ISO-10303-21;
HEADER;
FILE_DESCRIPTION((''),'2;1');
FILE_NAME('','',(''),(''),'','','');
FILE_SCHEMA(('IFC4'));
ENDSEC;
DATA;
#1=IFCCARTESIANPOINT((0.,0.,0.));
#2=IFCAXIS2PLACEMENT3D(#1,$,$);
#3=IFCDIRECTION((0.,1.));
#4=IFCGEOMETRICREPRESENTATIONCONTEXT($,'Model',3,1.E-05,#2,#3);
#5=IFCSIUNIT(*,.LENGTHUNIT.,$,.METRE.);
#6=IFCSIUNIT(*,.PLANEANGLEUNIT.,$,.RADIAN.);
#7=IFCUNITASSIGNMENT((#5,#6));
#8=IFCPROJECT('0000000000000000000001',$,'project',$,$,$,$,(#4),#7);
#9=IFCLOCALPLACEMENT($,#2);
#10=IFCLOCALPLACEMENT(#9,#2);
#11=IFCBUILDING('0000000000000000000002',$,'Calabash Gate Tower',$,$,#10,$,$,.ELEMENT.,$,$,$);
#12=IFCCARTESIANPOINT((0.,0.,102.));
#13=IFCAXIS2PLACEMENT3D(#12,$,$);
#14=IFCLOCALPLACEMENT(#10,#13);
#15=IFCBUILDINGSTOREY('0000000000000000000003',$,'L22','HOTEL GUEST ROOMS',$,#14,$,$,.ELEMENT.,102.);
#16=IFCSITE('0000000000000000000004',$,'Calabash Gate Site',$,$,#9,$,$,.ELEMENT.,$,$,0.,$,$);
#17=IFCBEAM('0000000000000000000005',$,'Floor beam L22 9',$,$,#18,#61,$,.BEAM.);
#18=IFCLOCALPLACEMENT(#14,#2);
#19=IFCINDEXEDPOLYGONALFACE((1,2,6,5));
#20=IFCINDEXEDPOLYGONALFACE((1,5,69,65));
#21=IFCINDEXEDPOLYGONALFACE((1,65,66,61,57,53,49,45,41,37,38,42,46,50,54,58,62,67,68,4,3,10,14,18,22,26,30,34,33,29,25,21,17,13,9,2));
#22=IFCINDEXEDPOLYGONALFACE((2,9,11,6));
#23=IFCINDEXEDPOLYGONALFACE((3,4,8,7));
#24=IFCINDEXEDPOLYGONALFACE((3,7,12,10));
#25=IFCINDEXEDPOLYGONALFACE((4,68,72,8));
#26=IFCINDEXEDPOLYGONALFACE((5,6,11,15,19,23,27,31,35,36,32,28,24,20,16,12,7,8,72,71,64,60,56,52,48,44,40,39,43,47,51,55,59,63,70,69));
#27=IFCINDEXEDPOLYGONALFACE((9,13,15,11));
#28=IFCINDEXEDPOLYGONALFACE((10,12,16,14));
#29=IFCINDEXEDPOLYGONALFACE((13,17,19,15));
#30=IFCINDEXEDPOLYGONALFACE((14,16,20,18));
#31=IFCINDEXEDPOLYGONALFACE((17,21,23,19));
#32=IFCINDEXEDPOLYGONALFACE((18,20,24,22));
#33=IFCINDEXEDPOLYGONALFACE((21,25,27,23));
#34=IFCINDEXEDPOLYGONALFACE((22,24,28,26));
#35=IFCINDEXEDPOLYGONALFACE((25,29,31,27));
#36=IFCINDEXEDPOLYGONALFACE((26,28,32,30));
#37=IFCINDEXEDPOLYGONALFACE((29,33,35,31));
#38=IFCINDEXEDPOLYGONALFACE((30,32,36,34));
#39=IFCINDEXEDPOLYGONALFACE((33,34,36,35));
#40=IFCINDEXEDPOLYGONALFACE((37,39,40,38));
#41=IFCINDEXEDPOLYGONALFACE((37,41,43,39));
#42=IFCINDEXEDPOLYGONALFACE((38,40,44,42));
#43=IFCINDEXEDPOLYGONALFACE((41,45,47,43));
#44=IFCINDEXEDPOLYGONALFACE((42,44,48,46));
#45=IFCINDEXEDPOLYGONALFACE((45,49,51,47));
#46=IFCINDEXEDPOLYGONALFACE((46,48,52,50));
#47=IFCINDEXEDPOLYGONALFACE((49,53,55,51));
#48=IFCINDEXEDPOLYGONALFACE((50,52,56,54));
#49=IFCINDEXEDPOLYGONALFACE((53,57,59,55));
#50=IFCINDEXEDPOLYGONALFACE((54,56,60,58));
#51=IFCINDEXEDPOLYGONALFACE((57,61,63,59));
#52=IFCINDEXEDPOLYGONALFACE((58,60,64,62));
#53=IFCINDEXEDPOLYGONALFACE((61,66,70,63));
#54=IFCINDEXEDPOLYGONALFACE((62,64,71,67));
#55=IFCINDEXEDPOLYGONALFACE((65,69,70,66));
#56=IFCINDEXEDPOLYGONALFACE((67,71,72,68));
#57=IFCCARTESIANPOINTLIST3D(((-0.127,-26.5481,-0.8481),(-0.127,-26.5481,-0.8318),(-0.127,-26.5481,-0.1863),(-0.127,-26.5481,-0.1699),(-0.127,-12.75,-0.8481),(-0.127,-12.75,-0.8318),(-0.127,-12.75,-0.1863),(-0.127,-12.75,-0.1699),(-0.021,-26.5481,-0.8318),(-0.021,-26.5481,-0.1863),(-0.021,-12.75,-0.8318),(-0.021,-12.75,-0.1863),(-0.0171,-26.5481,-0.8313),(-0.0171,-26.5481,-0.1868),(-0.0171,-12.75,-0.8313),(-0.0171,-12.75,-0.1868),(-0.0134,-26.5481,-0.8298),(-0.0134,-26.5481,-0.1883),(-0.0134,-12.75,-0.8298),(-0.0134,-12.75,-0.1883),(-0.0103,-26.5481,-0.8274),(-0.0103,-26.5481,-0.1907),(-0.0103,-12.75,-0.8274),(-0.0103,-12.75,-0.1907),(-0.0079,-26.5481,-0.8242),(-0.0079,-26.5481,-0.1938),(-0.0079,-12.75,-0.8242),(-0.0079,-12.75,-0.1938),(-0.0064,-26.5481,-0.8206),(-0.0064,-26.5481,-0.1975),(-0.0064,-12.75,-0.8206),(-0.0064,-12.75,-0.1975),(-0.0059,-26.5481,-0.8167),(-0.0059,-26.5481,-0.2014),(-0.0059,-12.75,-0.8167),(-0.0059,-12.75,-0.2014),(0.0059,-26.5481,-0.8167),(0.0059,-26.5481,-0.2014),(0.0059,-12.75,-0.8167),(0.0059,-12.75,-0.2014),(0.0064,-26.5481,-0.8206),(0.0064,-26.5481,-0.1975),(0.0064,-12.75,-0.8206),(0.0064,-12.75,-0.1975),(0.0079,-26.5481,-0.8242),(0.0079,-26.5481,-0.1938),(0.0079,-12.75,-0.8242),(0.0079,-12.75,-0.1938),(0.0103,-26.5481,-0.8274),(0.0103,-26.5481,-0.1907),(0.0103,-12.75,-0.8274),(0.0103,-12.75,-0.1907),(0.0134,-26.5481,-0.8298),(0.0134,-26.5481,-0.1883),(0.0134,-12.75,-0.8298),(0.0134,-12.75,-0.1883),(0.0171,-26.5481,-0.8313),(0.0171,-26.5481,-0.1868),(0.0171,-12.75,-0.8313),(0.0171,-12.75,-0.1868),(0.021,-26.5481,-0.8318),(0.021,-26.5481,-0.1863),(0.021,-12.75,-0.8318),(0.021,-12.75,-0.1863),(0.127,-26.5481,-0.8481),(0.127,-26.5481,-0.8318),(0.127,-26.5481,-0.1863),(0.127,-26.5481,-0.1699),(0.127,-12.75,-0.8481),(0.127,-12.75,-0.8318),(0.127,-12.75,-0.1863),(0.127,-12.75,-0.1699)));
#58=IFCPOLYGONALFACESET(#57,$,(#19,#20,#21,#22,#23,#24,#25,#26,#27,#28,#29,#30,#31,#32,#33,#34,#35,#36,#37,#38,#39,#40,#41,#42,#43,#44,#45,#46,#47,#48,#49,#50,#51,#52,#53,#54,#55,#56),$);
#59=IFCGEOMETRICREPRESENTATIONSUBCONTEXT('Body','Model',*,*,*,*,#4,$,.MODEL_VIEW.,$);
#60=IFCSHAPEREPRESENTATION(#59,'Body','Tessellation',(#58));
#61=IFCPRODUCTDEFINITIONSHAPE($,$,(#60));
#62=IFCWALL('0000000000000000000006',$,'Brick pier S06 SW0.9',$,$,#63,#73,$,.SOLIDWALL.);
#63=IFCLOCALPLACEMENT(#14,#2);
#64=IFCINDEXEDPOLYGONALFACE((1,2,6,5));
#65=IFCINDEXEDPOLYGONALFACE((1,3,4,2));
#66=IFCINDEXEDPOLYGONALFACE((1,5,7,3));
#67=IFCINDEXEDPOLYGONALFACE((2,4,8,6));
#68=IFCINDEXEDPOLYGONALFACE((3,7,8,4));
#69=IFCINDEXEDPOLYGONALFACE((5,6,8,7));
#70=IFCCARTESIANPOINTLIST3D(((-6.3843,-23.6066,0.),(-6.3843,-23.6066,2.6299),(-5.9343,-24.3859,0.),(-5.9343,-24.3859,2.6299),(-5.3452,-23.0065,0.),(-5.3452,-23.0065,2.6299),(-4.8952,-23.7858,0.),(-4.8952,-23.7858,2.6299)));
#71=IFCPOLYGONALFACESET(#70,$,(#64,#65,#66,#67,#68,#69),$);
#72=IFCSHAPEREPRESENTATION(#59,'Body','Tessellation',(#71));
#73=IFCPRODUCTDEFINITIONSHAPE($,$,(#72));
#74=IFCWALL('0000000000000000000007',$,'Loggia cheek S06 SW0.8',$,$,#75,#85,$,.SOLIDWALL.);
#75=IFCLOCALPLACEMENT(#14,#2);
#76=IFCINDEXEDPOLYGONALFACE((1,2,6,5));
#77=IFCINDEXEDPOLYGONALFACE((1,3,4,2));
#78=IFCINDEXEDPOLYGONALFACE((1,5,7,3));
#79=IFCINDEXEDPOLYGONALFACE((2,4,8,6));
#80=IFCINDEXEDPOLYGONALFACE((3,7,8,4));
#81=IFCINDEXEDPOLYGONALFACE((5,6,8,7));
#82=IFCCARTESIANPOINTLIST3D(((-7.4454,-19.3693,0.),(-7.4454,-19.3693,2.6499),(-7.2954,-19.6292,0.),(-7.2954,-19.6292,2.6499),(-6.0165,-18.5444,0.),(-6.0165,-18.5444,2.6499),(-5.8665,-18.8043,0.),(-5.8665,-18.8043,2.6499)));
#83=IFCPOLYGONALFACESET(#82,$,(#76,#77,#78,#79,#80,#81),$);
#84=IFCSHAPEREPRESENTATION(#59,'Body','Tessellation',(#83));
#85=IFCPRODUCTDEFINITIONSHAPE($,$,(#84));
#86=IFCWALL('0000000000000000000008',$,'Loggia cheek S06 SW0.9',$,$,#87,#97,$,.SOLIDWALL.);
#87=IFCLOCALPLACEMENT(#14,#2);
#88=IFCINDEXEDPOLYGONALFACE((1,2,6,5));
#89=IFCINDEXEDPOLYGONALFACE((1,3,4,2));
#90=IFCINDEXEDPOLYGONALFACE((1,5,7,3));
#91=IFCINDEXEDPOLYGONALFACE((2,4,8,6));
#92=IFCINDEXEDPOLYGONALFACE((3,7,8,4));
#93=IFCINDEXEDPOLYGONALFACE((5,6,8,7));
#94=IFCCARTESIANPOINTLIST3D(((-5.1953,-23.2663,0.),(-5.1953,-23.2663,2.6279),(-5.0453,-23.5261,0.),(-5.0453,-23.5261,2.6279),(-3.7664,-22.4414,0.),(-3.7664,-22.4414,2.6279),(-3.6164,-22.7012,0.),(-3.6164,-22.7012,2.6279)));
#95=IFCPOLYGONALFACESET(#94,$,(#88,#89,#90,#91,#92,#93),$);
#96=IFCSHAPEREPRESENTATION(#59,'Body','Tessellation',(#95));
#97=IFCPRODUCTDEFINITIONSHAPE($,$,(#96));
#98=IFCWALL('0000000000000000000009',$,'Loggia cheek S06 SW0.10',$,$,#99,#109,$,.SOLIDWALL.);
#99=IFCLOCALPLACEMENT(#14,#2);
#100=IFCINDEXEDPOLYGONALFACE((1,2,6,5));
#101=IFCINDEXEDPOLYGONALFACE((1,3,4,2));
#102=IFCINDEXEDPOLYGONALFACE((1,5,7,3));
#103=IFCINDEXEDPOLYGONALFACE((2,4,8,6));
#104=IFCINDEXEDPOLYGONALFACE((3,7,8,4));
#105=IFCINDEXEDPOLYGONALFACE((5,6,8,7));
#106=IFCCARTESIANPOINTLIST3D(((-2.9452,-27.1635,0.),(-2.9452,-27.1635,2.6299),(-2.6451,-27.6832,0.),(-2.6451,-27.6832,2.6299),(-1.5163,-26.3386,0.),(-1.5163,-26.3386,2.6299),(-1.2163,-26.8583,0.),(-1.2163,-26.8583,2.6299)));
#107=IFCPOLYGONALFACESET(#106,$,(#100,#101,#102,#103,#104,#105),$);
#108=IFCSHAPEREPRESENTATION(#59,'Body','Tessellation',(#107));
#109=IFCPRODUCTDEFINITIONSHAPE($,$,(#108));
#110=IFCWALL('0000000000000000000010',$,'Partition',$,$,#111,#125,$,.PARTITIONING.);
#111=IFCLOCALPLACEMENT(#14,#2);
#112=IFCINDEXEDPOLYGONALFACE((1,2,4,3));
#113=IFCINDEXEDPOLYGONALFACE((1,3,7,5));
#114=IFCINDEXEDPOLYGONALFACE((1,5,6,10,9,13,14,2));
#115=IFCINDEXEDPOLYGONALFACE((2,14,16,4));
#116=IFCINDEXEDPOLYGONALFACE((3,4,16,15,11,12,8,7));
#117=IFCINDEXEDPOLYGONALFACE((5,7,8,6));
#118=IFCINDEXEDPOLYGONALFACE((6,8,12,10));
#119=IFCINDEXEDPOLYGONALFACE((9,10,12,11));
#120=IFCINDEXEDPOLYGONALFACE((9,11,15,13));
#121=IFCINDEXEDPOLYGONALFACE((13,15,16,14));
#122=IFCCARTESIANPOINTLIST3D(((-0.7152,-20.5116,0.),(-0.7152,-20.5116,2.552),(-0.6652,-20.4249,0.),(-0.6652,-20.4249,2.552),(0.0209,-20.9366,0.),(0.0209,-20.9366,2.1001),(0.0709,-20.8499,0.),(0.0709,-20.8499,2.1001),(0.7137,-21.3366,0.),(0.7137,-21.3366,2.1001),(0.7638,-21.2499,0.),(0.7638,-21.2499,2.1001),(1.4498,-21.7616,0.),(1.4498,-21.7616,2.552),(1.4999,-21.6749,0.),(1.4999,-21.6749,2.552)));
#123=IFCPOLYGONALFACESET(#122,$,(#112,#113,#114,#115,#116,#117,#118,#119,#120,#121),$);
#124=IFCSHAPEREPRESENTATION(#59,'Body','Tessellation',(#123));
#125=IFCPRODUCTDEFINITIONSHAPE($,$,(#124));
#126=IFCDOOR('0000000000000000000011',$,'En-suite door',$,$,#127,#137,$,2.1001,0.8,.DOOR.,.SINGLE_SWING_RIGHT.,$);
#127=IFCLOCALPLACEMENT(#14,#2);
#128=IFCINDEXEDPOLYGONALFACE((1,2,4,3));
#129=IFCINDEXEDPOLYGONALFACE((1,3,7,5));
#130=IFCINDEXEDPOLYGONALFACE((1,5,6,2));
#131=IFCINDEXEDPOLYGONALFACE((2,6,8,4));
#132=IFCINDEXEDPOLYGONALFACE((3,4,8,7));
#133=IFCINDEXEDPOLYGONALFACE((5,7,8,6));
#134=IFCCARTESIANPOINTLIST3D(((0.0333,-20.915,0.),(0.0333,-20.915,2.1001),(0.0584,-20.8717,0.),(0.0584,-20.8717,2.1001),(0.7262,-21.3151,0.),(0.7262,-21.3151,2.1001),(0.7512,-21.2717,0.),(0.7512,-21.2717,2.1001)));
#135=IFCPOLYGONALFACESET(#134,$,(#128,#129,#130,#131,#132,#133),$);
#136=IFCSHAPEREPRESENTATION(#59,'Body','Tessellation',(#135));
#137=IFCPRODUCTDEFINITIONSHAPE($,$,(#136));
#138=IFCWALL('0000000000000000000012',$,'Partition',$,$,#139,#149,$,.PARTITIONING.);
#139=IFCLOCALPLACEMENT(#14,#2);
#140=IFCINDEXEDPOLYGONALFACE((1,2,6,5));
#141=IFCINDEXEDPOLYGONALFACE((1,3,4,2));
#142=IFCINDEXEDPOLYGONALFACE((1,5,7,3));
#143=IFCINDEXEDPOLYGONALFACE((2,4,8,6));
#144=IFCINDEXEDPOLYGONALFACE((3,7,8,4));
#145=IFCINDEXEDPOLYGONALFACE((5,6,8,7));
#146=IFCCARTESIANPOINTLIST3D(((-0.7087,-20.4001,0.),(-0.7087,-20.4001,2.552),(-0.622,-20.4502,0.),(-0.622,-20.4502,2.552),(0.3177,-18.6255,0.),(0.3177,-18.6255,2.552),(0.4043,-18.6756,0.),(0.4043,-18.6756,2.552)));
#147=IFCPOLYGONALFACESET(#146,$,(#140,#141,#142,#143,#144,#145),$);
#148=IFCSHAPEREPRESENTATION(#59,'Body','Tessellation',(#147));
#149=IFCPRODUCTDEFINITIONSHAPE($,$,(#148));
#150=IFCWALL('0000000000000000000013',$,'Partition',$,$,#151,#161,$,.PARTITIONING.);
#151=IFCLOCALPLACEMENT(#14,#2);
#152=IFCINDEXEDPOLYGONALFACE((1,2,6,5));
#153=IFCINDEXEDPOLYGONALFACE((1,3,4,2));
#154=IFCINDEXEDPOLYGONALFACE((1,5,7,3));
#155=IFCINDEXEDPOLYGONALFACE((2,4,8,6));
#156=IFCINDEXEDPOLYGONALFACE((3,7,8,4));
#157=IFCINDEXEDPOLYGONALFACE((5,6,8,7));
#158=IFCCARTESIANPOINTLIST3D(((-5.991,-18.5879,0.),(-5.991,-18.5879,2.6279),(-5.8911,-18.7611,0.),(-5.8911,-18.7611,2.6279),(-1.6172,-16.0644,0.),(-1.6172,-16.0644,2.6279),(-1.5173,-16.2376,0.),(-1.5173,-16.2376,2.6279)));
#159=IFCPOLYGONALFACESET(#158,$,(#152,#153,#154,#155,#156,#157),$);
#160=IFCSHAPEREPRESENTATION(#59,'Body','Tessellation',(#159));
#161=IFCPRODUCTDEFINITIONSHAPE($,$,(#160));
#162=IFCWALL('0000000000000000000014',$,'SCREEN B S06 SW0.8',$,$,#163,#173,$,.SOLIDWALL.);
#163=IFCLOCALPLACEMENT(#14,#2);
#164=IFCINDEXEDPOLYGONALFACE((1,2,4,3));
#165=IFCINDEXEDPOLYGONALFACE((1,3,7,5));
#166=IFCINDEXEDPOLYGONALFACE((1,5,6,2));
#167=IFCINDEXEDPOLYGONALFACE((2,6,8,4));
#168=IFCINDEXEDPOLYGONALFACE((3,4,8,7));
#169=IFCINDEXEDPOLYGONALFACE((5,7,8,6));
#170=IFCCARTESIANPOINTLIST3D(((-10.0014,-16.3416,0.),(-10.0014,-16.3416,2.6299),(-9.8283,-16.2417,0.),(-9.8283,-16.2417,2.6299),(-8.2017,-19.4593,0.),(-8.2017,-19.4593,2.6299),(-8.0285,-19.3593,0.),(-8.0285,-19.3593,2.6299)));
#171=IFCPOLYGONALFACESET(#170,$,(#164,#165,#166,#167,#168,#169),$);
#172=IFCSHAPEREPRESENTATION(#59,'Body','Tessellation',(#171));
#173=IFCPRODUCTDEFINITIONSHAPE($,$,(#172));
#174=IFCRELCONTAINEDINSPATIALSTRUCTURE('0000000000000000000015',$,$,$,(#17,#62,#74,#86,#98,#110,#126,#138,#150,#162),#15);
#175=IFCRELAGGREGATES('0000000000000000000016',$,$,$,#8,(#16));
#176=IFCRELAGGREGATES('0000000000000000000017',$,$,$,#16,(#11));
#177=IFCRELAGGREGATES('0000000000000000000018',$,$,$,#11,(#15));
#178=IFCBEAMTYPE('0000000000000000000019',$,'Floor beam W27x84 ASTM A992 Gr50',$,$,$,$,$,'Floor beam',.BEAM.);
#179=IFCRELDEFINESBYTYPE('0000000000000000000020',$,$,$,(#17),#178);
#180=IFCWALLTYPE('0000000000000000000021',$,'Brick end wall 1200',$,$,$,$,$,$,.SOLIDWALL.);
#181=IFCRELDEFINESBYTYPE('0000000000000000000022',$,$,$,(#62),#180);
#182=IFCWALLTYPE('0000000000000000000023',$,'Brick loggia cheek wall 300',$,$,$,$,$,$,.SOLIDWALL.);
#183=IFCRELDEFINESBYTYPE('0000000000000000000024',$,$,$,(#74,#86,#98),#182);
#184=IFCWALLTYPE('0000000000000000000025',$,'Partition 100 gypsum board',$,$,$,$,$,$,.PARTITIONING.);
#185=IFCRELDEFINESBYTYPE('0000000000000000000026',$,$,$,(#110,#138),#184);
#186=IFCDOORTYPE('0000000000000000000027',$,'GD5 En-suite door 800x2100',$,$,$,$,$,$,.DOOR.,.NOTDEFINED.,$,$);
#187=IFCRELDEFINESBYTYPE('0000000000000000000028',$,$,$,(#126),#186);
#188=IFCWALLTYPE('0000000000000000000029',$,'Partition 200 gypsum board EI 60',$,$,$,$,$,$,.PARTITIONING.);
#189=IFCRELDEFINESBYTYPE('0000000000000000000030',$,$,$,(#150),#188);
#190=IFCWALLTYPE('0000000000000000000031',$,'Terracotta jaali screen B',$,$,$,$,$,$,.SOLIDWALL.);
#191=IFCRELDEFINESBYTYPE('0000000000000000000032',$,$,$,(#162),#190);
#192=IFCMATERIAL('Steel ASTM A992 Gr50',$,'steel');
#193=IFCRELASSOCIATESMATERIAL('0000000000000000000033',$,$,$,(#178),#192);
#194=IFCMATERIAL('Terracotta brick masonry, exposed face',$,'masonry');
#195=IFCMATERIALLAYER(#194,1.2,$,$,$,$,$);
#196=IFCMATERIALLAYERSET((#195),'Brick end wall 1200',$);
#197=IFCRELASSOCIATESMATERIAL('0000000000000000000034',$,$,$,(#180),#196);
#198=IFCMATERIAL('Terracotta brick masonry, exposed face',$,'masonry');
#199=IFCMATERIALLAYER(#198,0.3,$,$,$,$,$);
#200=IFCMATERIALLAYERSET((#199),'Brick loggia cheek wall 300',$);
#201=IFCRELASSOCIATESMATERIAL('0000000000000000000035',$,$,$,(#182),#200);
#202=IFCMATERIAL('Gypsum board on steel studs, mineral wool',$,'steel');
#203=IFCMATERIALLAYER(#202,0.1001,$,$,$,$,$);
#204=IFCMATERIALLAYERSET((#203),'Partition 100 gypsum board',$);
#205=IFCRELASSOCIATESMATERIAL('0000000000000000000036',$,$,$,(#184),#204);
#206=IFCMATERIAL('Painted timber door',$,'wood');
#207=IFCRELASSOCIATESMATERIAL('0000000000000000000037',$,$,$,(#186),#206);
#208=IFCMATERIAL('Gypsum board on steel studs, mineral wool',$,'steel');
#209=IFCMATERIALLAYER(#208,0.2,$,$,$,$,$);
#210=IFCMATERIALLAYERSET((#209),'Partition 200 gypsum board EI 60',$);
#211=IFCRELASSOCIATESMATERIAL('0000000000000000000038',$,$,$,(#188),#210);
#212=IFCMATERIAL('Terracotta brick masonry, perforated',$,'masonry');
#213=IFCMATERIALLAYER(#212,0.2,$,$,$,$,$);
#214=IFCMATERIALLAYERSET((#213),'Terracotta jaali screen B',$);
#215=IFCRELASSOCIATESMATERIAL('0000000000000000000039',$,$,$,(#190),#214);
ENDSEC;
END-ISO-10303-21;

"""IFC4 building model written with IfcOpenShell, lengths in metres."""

from ifc_helpers import new_model, si_unit, direction, frame, frame_2d, origin, origin_2d, place, context, subcontext, project, spatial, rectangle, i_section, extrude, material, layer, layer_set, material_profile, profile_set, type_object, element, fill, save


model = new_model("IFC4")

# Units and contexts
model_context = context("Model", 3, precision=1e-05, world=origin(), true_north=direction((0.0, 1.0)))
body_context = subcontext(model_context, "Body", "Model", "MODEL_VIEW")
ifc_project = project(units=[si_unit("LENGTHUNIT", "METRE"), si_unit("PLANEANGLEUNIT", "RADIAN")], contexts=[model_context])

# Site, building, storey
site_placement = place(None, origin())
site = spatial("IfcSite", under=ifc_project, at=site_placement, Name="Calabash Gate Site", CompositionType="ELEMENT", RefElevation=0.0)
building_placement = place(site_placement, origin())
building = spatial("IfcBuilding", under=site, at=building_placement, Name="Calabash Gate Tower", CompositionType="ELEMENT")
storey_placement = place(building_placement, frame((0.0, 0.0, 102.0)))
storey = spatial("IfcBuildingStorey", under=building, at=storey_placement, Name="L22", Description="HOTEL GUEST ROOMS", CompositionType="ELEMENT", Elevation=102.0)

# Beam
ifc_material_1 = material(Name="Steel ASTM A992 Gr50", Category="steel")
ifc_material_profile_1 = material_profile(ifc_material_1, i_section(OverallWidth=0.2539, OverallDepth=0.6782, WebThickness=0.0117, FlangeThickness=0.0164, FilletRadius=0.0151, at=origin_2d()))
ifc_profile_set_1 = profile_set([ifc_material_profile_1], Name="Steel ASTM A992 Gr50")
beam_type_1 = type_object("IfcBeamType", Name="Floor beam W27x84 ASTM A992 Gr50", ElementType="Floor beam", PredefinedType="BEAM", material=ifc_profile_set_1)
beam_1_placement = place(storey_placement, frame((0.0, -26.5481, -0.509), z_axis=(0.0, 1.0, 0.0), x_axis=(-1.0, 0.0, 0.0)))
element("IfcBeam", 1, at=beam_1_placement, inside=storey, type_object=beam_type_1, Name="Floor beam L22 9", PredefinedType="BEAM", context=body_context, shape_type="SweptSolid", body=[
    extrude(i_section(OverallWidth=0.2539, OverallDepth=0.6782, WebThickness=0.0117, FlangeThickness=0.0164, FilletRadius=0.0151, at=origin_2d()), origin(), (0.0, 0.0, 1.0), 13.7981),
])

# Walls
ifc_material_2 = material(Name="Terracotta brick masonry, exposed face", Category="masonry")
ifc_layer_1 = layer(ifc_material_2, 1.2)
ifc_layer_set_1 = layer_set([ifc_layer_1], Name="Brick end wall 1200")
wall_type_1 = type_object("IfcWallType", Name="Brick end wall 1200", PredefinedType="SOLIDWALL", material=ifc_layer_set_1)
wall_1_placement = place(storey_placement, frame((-6.1594, -23.9963, 0.0), z_axis=(0.0, 0.0, 1.0), x_axis=(0.865955, 0.500122, 0.0)))
element("IfcWall", 2, at=wall_1_placement, inside=storey, type_object=wall_type_1, Name="Brick pier S06 SW0.9", PredefinedType="SOLIDWALL", context=body_context, shape_type="SweptSolid", body=[
    extrude(rectangle(XDim=1.2, YDim=0.8999, at=frame_2d((0.6001, 0.0))), origin(), (0.0, 0.0, 1.0), 2.6299),
])
ifc_material_3 = material(Name="Terracotta brick masonry, exposed face", Category="masonry")
ifc_layer_2 = layer(ifc_material_3, 0.3)
ifc_layer_set_2 = layer_set([ifc_layer_2], Name="Brick loggia cheek wall 300")
wall_type_2 = type_object("IfcWallType", Name="Brick loggia cheek wall 300", PredefinedType="SOLIDWALL", material=ifc_layer_set_2)
wall_2_placement = place(storey_placement, frame((-7.3704, -19.4993, 0.0), z_axis=(0.0, 0.0, 1.0), x_axis=(0.86604, 0.499974, 0.0)))
element("IfcWall", 3, at=wall_2_placement, inside=storey, type_object=wall_type_2, Name="Loggia cheek S06 SW0.8", PredefinedType="SOLIDWALL", context=body_context, shape_type="SweptSolid", body=[
    extrude(rectangle(XDim=1.6499, YDim=0.3, at=frame_2d((0.825, 0.0))), origin(), (0.0, 0.0, 1.0), 2.6499),
])
wall_3_placement = place(storey_placement, frame((-3.6914, -22.5713, 0.0), z_axis=(0.0, 0.0, 1.0), x_axis=(-0.86604, -0.499974, 0.0)))
element("IfcWall", 4, at=wall_3_placement, inside=storey, type_object=wall_type_2, Name="Loggia cheek S06 SW0.9", PredefinedType="SOLIDWALL", context=body_context, shape_type="SweptSolid", body=[
    extrude(rectangle(XDim=1.6499, YDim=0.3, at=frame_2d((0.825, 0.0))), origin(), (0.0, 0.0, 1.0), 2.6279),
])
wall_4_placement = place(storey_placement, frame((-2.7952, -27.4233, 0.0), z_axis=(0.0, 0.0, 1.0), x_axis=(0.86604, 0.499974, 0.0)))
element("IfcWall", 5, at=wall_4_placement, inside=storey, type_object=wall_type_2, Name="Loggia cheek S06 SW0.10", PredefinedType="SOLIDWALL", context=body_context, shape_type="SweptSolid", body=[
    extrude(rectangle(XDim=1.6499, YDim=0.6001, at=frame_2d((0.825, 0.0))), origin(), (0.0, 0.0, 1.0), 2.6299),
])

# Wall, opening, door
ifc_material_4 = material(Name="Gypsum board on steel studs, mineral wool", Category="steel")
ifc_layer_3 = layer(ifc_material_4, 0.1001)
ifc_layer_set_3 = layer_set([ifc_layer_3], Name="Partition 100 gypsum board")
wall_type_3 = type_object("IfcWallType", Name="Partition 100 gypsum board", PredefinedType="PARTITIONING", material=ifc_layer_set_3)
wall_5_placement = place(storey_placement, frame((-0.6902, -20.4683, 0.0), z_axis=(0.0, 0.0, 1.0), x_axis=(0.866023, -0.500004, 0.0)))
wall_5 = element("IfcWall", 6, at=wall_5_placement, inside=storey, type_object=wall_type_3, Name="Partition", PredefinedType="PARTITIONING", context=body_context, shape_type="SweptSolid", body=[
    extrude(rectangle(XDim=2.5, YDim=0.1001, at=frame_2d((1.25, 0.0))), origin(), (0.0, 0.0, 1.0), 2.552),
])
opening_1_placement = place(wall_5_placement, frame((0.8501, 0.0, 0.0)))
opening_1 = element("IfcOpeningElement", 7, at=opening_1_placement, cuts=wall_5, PredefinedType="OPENING", context=body_context, shape_type="SweptSolid", body=[
    extrude(rectangle(XDim=0.8, YDim=2.1001, at=frame_2d((0.3999, 1.05))), frame((0.0, 0.0601, 0.0), z_axis=(0.0, -1.0, 0.0), x_axis=(1.0, 0.0, 0.0)), (0.0, 0.0, 1.0), 0.1201),
])
ifc_material_5 = material(Name="Painted timber door", Category="wood")
door_type_1 = type_object("IfcDoorType", Name="GD5 En-suite door 800x2100", OperationType="NOTDEFINED", PredefinedType="DOOR", material=ifc_material_5)
door_1_placement = place(opening_1_placement, origin())
door_1 = element("IfcDoor", 8, at=door_1_placement, inside=storey, type_object=door_type_1, Name="En-suite door", OperationType="SINGLE_SWING_RIGHT", OverallHeight=2.1001, OverallWidth=0.8, PredefinedType="DOOR", context=body_context, shape_type="SweptSolid", body=[
    extrude(rectangle(XDim=0.8, YDim=2.1001, at=frame_2d((0.3999, 1.05))), frame((0.0, 0.0249, 0.0), z_axis=(0.0, -1.0, 0.0), x_axis=(1.0, 0.0, 0.0)), (0.0, 0.0, 1.0), 0.05),
])
fill(opening_1, door_1)

# Walls
wall_6_placement = place(storey_placement, frame((-0.6653, -20.425, 0.0), z_axis=(0.0, 0.0, 1.0), x_axis=(0.500647, 0.865652, 0.0)))
element("IfcWall", 9, at=wall_6_placement, inside=storey, type_object=wall_type_3, Name="Partition", PredefinedType="PARTITIONING", context=body_context, shape_type="SweptSolid", body=[
    extrude(rectangle(XDim=2.05, YDim=0.1001, at=frame_2d((1.0249, 0.0))), origin(), (0.0, 0.0, 1.0), 2.552),
])
ifc_material_6 = material(Name="Gypsum board on steel studs, mineral wool", Category="steel")
ifc_layer_4 = layer(ifc_material_6, 0.2)
ifc_layer_set_4 = layer_set([ifc_layer_4], Name="Partition 200 gypsum board EI 60")
wall_type_4 = type_object("IfcWallType", Name="Partition 200 gypsum board EI 60", PredefinedType="PARTITIONING", material=ifc_layer_set_4)
wall_7_placement = place(storey_placement, frame((-5.9412, -18.6746, 0.0), z_axis=(0.0, 0.0, 1.0), x_axis=(0.866177, 0.499738, 0.0)))
element("IfcWall", 10, at=wall_7_placement, inside=storey, type_object=wall_type_4, Name="Partition", PredefinedType="PARTITIONING", context=body_context, shape_type="SweptSolid", body=[
    extrude(rectangle(XDim=5.0496, YDim=0.2, at=frame_2d((2.5249, 0.0))), origin(), (0.0, 0.0, 1.0), 2.6279),
])
ifc_material_7 = material(Name="Terracotta brick masonry, perforated", Category="masonry")
ifc_layer_5 = layer(ifc_material_7, 0.2)
ifc_layer_set_5 = layer_set([ifc_layer_5], Name="Terracotta jaali screen B")
wall_type_5 = type_object("IfcWallType", Name="Terracotta jaali screen B", PredefinedType="SOLIDWALL", material=ifc_layer_set_5)
for number, where, z_axis, x_axis, name in (
    (11, (-9.9148, -16.2917, 0.0), (0.0, 0.0, 1.0), (0.499961, -0.866048, 0.0), "SCREEN B S06 SW0.8"),
):
    element("IfcWall", number, at=place(storey_placement, frame(where, z_axis=z_axis, x_axis=x_axis)), inside=storey, type_object=wall_type_5, Name=name, PredefinedType="SOLIDWALL", context=body_context, shape_type="SweptSolid", body=[
        extrude(rectangle(XDim=3.5999, YDim=0.2, at=frame_2d((1.7998, 0.0))), origin(), (0.0, 0.0, 1.0), 2.6299),
    ])

save(model, "model.ifc")
